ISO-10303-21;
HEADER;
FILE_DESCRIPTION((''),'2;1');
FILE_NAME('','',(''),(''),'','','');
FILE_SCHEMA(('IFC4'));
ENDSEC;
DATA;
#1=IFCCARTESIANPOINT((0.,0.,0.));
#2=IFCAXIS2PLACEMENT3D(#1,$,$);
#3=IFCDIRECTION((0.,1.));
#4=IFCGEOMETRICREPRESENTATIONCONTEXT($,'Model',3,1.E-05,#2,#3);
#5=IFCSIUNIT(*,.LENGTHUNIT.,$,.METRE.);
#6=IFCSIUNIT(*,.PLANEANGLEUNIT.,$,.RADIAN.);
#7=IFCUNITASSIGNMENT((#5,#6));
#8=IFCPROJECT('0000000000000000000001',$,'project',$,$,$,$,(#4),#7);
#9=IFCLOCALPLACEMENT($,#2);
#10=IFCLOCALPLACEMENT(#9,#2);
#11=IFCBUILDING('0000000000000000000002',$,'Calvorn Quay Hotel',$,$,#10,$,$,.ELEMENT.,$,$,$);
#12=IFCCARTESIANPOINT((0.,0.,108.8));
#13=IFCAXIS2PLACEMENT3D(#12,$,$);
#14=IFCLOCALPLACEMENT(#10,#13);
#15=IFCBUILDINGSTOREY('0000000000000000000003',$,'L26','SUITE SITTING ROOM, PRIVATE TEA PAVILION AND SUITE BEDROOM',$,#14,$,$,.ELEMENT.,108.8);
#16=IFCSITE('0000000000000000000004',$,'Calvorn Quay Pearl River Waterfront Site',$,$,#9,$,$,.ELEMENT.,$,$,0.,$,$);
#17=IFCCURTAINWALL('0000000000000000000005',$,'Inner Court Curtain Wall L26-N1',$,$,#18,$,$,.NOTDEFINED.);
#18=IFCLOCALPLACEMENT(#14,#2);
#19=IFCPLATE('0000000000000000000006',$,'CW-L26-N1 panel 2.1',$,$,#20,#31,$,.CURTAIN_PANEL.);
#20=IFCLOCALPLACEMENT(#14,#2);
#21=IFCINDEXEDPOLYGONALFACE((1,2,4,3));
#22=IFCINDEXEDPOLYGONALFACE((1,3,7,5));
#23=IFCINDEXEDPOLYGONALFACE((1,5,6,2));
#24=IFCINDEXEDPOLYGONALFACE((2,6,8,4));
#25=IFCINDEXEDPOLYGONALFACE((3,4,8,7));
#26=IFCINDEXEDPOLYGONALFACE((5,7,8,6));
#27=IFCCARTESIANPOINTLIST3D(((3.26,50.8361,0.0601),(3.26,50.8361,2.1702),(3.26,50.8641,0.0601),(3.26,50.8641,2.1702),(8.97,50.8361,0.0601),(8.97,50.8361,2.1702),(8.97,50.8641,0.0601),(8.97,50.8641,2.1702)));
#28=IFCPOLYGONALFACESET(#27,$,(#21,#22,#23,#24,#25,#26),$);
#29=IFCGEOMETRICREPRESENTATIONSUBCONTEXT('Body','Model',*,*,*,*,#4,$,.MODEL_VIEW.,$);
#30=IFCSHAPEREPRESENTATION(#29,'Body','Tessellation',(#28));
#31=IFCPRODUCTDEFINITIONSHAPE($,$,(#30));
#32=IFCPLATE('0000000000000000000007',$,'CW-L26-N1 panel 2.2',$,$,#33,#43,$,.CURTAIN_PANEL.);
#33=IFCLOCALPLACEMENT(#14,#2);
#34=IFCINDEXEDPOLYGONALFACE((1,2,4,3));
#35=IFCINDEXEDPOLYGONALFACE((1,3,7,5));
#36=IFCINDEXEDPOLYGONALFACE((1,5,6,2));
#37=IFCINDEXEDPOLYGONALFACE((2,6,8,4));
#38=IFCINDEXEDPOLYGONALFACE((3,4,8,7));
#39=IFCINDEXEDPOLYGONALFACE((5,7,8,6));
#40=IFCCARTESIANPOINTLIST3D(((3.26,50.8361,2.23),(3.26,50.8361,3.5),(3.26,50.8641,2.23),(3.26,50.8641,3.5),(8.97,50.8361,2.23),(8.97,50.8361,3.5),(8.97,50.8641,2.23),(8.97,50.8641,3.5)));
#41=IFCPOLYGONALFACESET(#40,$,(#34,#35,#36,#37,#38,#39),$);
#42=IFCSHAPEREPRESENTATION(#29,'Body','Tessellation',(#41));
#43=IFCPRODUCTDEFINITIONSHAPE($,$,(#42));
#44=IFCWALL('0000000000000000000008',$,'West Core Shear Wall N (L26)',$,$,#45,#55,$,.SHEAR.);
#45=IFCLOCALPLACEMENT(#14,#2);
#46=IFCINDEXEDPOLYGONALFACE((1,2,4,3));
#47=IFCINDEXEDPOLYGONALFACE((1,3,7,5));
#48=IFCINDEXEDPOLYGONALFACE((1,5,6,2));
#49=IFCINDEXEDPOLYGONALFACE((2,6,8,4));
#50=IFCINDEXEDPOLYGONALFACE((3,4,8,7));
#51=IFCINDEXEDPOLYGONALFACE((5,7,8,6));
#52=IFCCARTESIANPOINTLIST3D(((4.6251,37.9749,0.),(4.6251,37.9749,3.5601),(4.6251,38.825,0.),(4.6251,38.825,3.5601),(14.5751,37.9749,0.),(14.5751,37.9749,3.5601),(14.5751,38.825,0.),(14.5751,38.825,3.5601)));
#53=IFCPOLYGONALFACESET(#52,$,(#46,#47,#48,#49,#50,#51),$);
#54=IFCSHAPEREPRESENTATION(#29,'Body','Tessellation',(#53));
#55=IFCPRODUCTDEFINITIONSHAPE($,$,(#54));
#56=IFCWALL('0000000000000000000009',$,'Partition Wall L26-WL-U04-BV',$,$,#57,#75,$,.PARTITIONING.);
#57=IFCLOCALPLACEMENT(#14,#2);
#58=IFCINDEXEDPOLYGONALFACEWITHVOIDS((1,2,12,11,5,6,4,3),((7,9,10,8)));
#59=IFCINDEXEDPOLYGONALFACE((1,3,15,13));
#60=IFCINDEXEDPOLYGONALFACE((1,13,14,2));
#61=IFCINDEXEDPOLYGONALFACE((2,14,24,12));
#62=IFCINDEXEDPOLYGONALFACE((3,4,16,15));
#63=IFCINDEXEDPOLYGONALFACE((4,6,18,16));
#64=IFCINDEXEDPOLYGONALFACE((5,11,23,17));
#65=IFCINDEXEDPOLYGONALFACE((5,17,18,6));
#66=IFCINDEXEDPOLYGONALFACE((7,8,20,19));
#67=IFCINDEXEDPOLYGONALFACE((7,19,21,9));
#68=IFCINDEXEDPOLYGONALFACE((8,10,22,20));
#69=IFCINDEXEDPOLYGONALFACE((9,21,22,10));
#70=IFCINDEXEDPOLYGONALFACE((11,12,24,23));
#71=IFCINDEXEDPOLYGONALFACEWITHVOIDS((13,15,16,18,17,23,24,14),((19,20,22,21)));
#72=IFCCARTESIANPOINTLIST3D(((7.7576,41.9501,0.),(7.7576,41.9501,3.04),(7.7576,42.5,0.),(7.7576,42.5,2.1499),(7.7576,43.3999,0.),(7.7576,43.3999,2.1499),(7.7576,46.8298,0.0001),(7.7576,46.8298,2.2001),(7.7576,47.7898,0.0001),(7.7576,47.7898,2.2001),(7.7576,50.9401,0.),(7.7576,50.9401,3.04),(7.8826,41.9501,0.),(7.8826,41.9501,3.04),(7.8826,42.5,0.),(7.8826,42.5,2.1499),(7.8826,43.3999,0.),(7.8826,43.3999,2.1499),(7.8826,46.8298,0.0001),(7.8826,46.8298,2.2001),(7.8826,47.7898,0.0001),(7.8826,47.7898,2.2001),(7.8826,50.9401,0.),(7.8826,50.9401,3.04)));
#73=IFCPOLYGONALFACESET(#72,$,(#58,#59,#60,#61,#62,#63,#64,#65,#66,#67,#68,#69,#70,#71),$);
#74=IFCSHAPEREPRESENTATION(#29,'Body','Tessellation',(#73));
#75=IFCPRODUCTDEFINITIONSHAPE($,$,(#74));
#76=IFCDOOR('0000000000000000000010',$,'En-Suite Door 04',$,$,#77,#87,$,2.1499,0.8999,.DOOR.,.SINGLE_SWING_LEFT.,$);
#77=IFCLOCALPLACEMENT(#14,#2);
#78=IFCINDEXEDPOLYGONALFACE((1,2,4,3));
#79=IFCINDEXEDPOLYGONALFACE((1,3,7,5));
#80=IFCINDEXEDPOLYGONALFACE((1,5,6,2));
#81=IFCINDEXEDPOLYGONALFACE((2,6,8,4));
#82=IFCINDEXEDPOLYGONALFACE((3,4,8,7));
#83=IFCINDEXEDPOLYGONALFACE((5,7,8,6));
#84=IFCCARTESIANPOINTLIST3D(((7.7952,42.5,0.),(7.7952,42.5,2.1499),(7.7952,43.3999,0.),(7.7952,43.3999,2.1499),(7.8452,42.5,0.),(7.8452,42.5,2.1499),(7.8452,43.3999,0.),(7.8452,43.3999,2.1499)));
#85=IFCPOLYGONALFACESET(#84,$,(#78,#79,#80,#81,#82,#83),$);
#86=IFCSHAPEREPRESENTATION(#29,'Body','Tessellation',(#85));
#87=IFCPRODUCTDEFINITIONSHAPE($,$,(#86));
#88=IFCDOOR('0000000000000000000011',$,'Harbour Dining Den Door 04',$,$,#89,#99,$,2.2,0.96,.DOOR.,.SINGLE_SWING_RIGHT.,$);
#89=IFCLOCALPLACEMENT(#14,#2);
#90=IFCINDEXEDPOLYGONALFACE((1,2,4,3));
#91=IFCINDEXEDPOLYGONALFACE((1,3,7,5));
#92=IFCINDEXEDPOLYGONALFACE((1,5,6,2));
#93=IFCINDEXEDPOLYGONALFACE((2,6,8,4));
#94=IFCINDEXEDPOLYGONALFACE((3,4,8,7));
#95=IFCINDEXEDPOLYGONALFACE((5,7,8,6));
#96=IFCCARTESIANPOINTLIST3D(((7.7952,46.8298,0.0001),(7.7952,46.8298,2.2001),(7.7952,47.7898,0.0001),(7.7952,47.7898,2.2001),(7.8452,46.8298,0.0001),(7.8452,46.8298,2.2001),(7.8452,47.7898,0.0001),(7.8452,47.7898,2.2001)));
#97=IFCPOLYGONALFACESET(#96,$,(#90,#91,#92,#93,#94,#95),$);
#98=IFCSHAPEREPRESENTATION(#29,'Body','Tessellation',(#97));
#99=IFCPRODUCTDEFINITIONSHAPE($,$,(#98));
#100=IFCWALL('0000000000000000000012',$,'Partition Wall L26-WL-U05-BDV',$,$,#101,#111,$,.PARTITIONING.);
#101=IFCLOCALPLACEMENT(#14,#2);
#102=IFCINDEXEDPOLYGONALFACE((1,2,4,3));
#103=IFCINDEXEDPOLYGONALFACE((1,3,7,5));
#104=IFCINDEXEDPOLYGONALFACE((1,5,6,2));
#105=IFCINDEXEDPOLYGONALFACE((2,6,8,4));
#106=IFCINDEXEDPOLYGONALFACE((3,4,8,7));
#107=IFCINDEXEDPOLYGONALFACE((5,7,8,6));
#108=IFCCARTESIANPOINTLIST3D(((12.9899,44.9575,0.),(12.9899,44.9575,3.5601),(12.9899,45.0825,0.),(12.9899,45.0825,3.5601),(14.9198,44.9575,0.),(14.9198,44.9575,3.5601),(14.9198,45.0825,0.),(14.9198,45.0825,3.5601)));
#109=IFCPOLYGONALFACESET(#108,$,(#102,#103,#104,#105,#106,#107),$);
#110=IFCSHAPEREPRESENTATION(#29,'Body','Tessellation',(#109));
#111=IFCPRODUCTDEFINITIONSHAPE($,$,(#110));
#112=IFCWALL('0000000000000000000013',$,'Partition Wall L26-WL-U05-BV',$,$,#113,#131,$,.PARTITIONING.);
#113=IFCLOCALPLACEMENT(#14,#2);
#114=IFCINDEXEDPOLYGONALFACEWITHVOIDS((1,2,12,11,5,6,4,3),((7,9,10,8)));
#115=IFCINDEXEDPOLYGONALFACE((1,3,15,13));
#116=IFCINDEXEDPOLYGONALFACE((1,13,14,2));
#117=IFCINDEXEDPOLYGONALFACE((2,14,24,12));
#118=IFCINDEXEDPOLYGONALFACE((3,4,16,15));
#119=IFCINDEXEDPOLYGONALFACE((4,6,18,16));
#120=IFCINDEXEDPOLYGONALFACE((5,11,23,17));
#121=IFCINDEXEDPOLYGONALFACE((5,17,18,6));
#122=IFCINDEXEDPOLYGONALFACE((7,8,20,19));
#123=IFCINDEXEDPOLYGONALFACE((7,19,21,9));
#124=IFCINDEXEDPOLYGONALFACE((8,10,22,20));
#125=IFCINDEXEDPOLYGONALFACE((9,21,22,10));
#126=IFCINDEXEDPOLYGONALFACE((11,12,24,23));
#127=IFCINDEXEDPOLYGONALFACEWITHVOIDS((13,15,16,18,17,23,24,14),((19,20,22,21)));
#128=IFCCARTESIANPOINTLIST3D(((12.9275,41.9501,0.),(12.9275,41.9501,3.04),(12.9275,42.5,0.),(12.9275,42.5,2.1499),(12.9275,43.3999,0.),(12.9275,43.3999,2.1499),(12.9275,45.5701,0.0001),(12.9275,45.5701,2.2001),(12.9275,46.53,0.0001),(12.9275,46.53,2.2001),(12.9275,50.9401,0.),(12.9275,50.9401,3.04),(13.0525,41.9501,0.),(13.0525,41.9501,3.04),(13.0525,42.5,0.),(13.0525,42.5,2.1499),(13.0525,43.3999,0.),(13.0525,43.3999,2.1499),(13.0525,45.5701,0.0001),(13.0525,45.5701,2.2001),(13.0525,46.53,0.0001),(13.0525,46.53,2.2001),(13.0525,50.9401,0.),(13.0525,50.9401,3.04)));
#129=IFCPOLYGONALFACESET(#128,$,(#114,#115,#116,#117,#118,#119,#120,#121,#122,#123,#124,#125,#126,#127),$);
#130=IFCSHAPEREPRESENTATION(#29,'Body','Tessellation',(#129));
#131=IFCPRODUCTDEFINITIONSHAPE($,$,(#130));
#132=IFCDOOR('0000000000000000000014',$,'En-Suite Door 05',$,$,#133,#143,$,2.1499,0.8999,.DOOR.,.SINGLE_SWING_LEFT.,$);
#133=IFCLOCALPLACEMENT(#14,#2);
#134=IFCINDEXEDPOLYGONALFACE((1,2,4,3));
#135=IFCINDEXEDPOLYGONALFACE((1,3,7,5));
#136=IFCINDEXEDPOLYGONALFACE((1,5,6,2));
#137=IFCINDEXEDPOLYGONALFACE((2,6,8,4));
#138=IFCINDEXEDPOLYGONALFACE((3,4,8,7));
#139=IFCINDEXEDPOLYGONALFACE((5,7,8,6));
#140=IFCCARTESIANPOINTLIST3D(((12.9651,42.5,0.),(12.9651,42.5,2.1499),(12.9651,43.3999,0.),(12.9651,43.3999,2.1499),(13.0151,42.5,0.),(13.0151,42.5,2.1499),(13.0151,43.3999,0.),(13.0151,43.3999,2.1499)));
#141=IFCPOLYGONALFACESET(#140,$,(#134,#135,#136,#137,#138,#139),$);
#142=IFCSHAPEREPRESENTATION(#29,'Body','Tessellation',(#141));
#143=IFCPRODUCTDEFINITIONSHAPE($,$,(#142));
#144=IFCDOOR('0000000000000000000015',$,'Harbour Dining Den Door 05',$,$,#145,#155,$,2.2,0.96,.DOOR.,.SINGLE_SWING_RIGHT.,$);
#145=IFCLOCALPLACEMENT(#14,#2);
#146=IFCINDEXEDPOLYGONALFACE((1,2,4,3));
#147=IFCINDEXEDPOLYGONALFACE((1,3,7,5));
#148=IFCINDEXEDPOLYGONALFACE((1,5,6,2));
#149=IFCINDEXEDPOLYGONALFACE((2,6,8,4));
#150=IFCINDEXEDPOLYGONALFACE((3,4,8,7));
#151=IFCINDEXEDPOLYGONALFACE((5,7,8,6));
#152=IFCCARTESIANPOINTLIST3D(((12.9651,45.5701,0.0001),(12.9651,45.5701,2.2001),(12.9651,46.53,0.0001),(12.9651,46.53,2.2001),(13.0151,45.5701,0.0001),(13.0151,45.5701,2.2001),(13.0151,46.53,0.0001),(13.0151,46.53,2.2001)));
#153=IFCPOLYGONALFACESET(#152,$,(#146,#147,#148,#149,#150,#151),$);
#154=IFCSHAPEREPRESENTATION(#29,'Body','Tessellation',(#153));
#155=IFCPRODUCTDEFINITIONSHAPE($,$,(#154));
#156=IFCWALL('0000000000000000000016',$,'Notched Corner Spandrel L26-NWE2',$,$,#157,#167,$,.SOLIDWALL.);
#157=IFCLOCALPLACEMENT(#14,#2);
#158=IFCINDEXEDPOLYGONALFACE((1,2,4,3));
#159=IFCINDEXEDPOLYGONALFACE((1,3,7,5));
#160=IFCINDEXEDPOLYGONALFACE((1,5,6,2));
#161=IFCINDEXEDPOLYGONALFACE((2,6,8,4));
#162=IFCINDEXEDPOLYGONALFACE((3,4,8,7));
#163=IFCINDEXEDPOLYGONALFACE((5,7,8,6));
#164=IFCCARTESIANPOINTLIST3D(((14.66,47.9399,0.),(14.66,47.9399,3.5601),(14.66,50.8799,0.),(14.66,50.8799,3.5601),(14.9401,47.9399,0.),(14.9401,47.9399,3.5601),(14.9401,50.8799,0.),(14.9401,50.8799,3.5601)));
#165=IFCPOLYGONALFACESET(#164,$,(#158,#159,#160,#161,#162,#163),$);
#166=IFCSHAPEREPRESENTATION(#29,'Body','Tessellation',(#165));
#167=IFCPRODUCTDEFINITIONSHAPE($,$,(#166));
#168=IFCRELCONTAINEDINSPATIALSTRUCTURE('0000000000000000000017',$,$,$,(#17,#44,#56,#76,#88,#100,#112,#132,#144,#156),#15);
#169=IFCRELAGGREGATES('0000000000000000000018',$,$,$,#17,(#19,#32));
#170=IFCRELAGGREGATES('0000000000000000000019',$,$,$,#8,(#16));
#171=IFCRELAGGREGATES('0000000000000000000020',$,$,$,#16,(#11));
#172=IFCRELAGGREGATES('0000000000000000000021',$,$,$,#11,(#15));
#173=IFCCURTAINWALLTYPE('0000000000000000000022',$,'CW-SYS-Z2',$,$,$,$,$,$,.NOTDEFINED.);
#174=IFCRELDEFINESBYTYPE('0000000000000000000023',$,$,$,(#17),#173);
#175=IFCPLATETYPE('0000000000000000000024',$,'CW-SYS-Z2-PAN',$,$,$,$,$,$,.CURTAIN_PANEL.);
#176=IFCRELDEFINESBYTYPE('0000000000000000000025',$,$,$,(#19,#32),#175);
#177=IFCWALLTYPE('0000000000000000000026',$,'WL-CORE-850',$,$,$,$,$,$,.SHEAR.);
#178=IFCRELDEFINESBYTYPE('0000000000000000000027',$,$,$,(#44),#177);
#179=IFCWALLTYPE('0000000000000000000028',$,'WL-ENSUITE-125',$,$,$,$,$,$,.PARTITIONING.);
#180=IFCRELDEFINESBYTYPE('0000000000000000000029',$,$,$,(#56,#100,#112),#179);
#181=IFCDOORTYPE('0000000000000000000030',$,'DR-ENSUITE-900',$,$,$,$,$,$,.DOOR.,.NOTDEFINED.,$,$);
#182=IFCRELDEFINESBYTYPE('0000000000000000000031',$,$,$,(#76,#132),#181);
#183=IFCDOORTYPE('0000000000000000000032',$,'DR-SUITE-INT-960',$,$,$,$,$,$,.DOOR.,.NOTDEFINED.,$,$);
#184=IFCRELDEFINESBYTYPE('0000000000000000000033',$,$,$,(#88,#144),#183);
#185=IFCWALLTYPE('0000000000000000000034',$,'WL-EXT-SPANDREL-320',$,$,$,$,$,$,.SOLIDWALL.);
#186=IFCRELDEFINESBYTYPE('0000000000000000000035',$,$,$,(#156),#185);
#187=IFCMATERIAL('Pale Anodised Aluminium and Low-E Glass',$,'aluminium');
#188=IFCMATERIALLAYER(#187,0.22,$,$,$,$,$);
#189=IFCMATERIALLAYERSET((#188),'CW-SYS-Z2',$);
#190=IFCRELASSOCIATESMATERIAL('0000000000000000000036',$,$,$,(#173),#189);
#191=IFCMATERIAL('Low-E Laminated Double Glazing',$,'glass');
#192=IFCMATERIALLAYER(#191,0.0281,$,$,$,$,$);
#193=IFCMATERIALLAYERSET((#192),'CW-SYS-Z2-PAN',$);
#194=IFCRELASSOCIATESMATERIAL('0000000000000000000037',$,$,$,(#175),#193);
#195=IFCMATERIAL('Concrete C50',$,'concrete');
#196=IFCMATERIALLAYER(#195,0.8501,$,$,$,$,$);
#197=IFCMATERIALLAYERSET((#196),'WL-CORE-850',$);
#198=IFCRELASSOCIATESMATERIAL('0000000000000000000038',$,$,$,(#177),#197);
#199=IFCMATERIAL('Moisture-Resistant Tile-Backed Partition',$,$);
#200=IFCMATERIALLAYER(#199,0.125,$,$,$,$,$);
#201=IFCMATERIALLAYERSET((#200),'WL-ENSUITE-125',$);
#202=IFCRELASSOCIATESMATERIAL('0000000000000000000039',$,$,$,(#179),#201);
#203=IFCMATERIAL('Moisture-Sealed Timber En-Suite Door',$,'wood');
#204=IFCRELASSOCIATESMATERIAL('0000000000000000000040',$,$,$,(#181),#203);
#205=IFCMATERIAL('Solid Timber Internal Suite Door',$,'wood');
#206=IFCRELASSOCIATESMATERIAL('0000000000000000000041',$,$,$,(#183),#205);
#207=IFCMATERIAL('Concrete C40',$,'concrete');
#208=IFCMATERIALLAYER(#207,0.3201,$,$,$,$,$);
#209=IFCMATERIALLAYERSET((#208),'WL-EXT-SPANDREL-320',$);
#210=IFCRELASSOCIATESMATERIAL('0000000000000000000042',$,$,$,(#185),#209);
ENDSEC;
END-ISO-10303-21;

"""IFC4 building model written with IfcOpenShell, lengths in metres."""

from ifc_helpers import new_model, si_unit, direction, frame, frame_2d, origin, origin_2d, place, context, subcontext, project, spatial, rectangle, extrude, material, layer, layer_set, type_object, element, fill, aggregate, save


model = new_model("IFC4")

# Units and contexts
model_context = context("Model", 3, precision=1e-05, world=origin(), true_north=direction((0.0, 1.0)))
body_context = subcontext(model_context, "Body", "Model", "MODEL_VIEW")
ifc_project = project(units=[si_unit("LENGTHUNIT", "METRE"), si_unit("PLANEANGLEUNIT", "RADIAN")], contexts=[model_context])

# Site, building, storey
site_placement = place(None, origin())
site = spatial("IfcSite", under=ifc_project, at=site_placement, Name="Calvorn Quay Pearl River Waterfront Site", CompositionType="ELEMENT", RefElevation=0.0)
building_placement = place(site_placement, origin())
building = spatial("IfcBuilding", under=site, at=building_placement, Name="Calvorn Quay Hotel", CompositionType="ELEMENT")
storey_placement = place(building_placement, frame((0.0, 0.0, 108.8)))
storey = spatial("IfcBuildingStorey", under=building, at=storey_placement, Name="L26", Description="SUITE SITTING ROOM, PRIVATE TEA PAVILION AND SUITE BEDROOM", CompositionType="ELEMENT", Elevation=108.8)

# Curtain wall, plates
ifc_material_1 = material(Name="Pale Anodised Aluminium and Low-E Glass", Category="aluminium")
ifc_layer_1 = layer(ifc_material_1, 0.22)
ifc_layer_set_1 = layer_set([ifc_layer_1], Name="CW-SYS-Z2")
curtain_wall_type = type_object("IfcCurtainWallType", Name="CW-SYS-Z2", PredefinedType="NOTDEFINED", material=ifc_layer_set_1)
curtain_wall_placement = place(storey_placement, origin())
curtain_wall = element("IfcCurtainWall", 1, at=curtain_wall_placement, inside=storey, type_object=curtain_wall_type, Name="Inner Court Curtain Wall L26-N1", PredefinedType="NOTDEFINED")
ifc_material_2 = material(Name="Low-E Laminated Double Glazing", Category="glass")
ifc_layer_2 = layer(ifc_material_2, 0.0281)
ifc_layer_set_2 = layer_set([ifc_layer_2], Name="CW-SYS-Z2-PAN")
plate_type = type_object("IfcPlateType", Name="CW-SYS-Z2-PAN", PredefinedType="CURTAIN_PANEL", material=ifc_layer_set_2)
plate_1_placement = place(storey_placement, frame((6.115, 50.8501, 0.0601), z_axis=(0.0, 0.0, 1.0), x_axis=(-1.0, 0.0, 0.0)))
plate_1 = element("IfcPlate", 2, at=plate_1_placement, type_object=plate_type, Name="CW-L26-N1 panel 2.1", PredefinedType="CURTAIN_PANEL", context=body_context, shape_type="SweptSolid", body=[
    extrude(rectangle(XDim=5.71, YDim=0.0281, at=origin_2d()), origin(), (0.0, 0.0, 1.0), 2.1101),
])
plate_2_placement = place(storey_placement, frame((6.115, 50.8501, 2.23), z_axis=(0.0, 0.0, 1.0), x_axis=(-1.0, 0.0, 0.0)))
plate_2 = element("IfcPlate", 3, at=plate_2_placement, type_object=plate_type, Name="CW-L26-N1 panel 2.2", PredefinedType="CURTAIN_PANEL", context=body_context, shape_type="SweptSolid", body=[
    extrude(rectangle(XDim=5.71, YDim=0.0281, at=origin_2d()), origin(), (0.0, 0.0, 1.0), 1.27),
])
aggregate(curtain_wall, [plate_1, plate_2])

# Wall
ifc_material_3 = material(Name="Concrete C50", Category="concrete")
ifc_layer_3 = layer(ifc_material_3, 0.8501)
ifc_layer_set_3 = layer_set([ifc_layer_3], Name="WL-CORE-850")
wall_type_1 = type_object("IfcWallType", Name="WL-CORE-850", PredefinedType="SHEAR", material=ifc_layer_set_3)
wall_1_placement = place(storey_placement, frame((4.625, 38.3999, 0.0), z_axis=(0.0, 0.0, 1.0), x_axis=(1.0, 0.0, 0.0)))
element("IfcWall", 4, at=wall_1_placement, inside=storey, type_object=wall_type_1, Name="West Core Shear Wall N (L26)", PredefinedType="SHEAR", context=body_context, shape_type="SweptSolid", body=[
    extrude(rectangle(XDim=9.95, YDim=0.8501, at=frame_2d((4.9751, 0.0))), origin(), (0.0, 0.0, 1.0), 3.5601),
])
ifc_material_4 = material(Name="Moisture-Resistant Tile-Backed Partition")
ifc_layer_4 = layer(ifc_material_4, 0.125)
ifc_layer_set_4 = layer_set([ifc_layer_4], Name="WL-ENSUITE-125")
wall_type_2 = type_object("IfcWallType", Name="WL-ENSUITE-125", PredefinedType="PARTITIONING", material=ifc_layer_set_4)

# Wall, openings, doors
wall_2_placement = place(storey_placement, frame((7.8201, 41.95, 0.0), z_axis=(0.0, 0.0, 1.0), x_axis=(0.0, 1.0, 0.0)))
wall_2 = element("IfcWall", 5, at=wall_2_placement, inside=storey, type_object=wall_type_2, Name="Partition Wall L26-WL-U04-BV", PredefinedType="PARTITIONING", context=body_context, shape_type="SweptSolid", body=[
    extrude(rectangle(XDim=8.99, YDim=0.125, at=frame_2d((4.4951, 0.0))), origin(), (0.0, 0.0, 1.0), 3.04),
])
opening_1_placement = place(wall_2_placement, frame((0.55, 0.0, 0.0)))
opening_1 = element("IfcOpeningElement", 6, at=opening_1_placement, cuts=wall_2, PredefinedType="OPENING", context=body_context, shape_type="SweptSolid", body=[
    extrude(rectangle(XDim=0.8999, YDim=2.1499, at=frame_2d((0.45, 1.075))), frame((0.0, 0.0725, 0.0), z_axis=(0.0, -1.0, 0.0), x_axis=(1.0, 0.0, 0.0)), (0.0, 0.0, 1.0), 0.145),
])
opening_2_placement = place(wall_2_placement, frame((4.8799, 0.0, 0.0)))
opening_2 = element("IfcOpeningElement", 7, at=opening_2_placement, cuts=wall_2, PredefinedType="OPENING", context=body_context, shape_type="SweptSolid", body=[
    extrude(rectangle(XDim=0.96, YDim=2.2, at=frame_2d((0.48, 1.1001))), frame((0.0, 0.0725, 0.0), z_axis=(0.0, -1.0, 0.0), x_axis=(1.0, 0.0, 0.0)), (0.0, 0.0, 1.0), 0.145),
])
ifc_material_5 = material(Name="Moisture-Sealed Timber En-Suite Door", Category="wood")
door_type_1 = type_object("IfcDoorType", Name="DR-ENSUITE-900", OperationType="NOTDEFINED", PredefinedType="DOOR", material=ifc_material_5)
door_1_placement = place(opening_1_placement, origin())
door_1 = element("IfcDoor", 8, at=door_1_placement, inside=storey, type_object=door_type_1, Name="En-Suite Door 04", OperationType="SINGLE_SWING_LEFT", OverallHeight=2.1499, OverallWidth=0.8999, PredefinedType="DOOR", context=body_context, shape_type="SweptSolid", body=[
    extrude(rectangle(XDim=0.8999, YDim=2.1499, at=frame_2d((0.45, 1.075))), frame((0.0, 0.0249, 0.0), z_axis=(0.0, -1.0, 0.0), x_axis=(1.0, 0.0, 0.0)), (0.0, 0.0, 1.0), 0.05),
])
fill(opening_1, door_1)
ifc_material_6 = material(Name="Solid Timber Internal Suite Door", Category="wood")
door_type_2 = type_object("IfcDoorType", Name="DR-SUITE-INT-960", OperationType="NOTDEFINED", PredefinedType="DOOR", material=ifc_material_6)
door_2_placement = place(opening_2_placement, origin())
door_2 = element("IfcDoor", 9, at=door_2_placement, inside=storey, type_object=door_type_2, Name="Harbour Dining Den Door 04", OperationType="SINGLE_SWING_RIGHT", OverallHeight=2.2, OverallWidth=0.96, PredefinedType="DOOR", context=body_context, shape_type="SweptSolid", body=[
    extrude(rectangle(XDim=0.96, YDim=2.2, at=frame_2d((0.48, 1.1001))), frame((0.0, 0.0249, 0.0), z_axis=(0.0, -1.0, 0.0), x_axis=(1.0, 0.0, 0.0)), (0.0, 0.0, 1.0), 0.05),
])
fill(opening_2, door_2)

# Wall
wall_3_placement = place(storey_placement, frame((12.99, 45.02, 0.0), z_axis=(0.0, 0.0, 1.0), x_axis=(1.0, 0.0, 0.0)))
element("IfcWall", 10, at=wall_3_placement, inside=storey, type_object=wall_type_2, Name="Partition Wall L26-WL-U05-BDV", PredefinedType="PARTITIONING", context=body_context, shape_type="SweptSolid", body=[
    extrude(rectangle(XDim=1.9299, YDim=0.125, at=frame_2d((0.9648, 0.0))), origin(), (0.0, 0.0, 1.0), 3.5601),
])

# Wall, openings, doors
wall_4_placement = place(storey_placement, frame((12.99, 41.95, 0.0), z_axis=(0.0, 0.0, 1.0), x_axis=(0.0, 1.0, 0.0)))
wall_4 = element("IfcWall", 11, at=wall_4_placement, inside=storey, type_object=wall_type_2, Name="Partition Wall L26-WL-U05-BV", PredefinedType="PARTITIONING", context=body_context, shape_type="SweptSolid", body=[
    extrude(rectangle(XDim=8.99, YDim=0.125, at=frame_2d((4.4951, 0.0))), origin(), (0.0, 0.0, 1.0), 3.04),
])
opening_3_placement = place(wall_4_placement, frame((0.55, 0.0, 0.0)))
opening_3 = element("IfcOpeningElement", 12, at=opening_3_placement, cuts=wall_4, PredefinedType="OPENING", context=body_context, shape_type="SweptSolid", body=[
    extrude(rectangle(XDim=0.8999, YDim=2.1499, at=frame_2d((0.45, 1.075))), frame((0.0, 0.0725, 0.0), z_axis=(0.0, -1.0, 0.0), x_axis=(1.0, 0.0, 0.0)), (0.0, 0.0, 1.0), 0.145),
])
opening_4_placement = place(wall_4_placement, frame((3.6201, 0.0, 0.0)))
opening_4 = element("IfcOpeningElement", 13, at=opening_4_placement, cuts=wall_4, PredefinedType="OPENING", context=body_context, shape_type="SweptSolid", body=[
    extrude(rectangle(XDim=0.96, YDim=2.2, at=frame_2d((0.48, 1.1001))), frame((0.0, 0.0725, 0.0), z_axis=(0.0, -1.0, 0.0), x_axis=(1.0, 0.0, 0.0)), (0.0, 0.0, 1.0), 0.145),
])
door_3_placement = place(opening_3_placement, origin())
door_3 = element("IfcDoor", 14, at=door_3_placement, inside=storey, type_object=door_type_1, Name="En-Suite Door 05", OperationType="SINGLE_SWING_LEFT", OverallHeight=2.1499, OverallWidth=0.8999, PredefinedType="DOOR", context=body_context, shape_type="SweptSolid", body=[
    extrude(rectangle(XDim=0.8999, YDim=2.1499, at=frame_2d((0.45, 1.075))), frame((0.0, 0.0249, 0.0), z_axis=(0.0, -1.0, 0.0), x_axis=(1.0, 0.0, 0.0)), (0.0, 0.0, 1.0), 0.05),
])
fill(opening_3, door_3)
door_4_placement = place(opening_4_placement, origin())
door_4 = element("IfcDoor", 15, at=door_4_placement, inside=storey, type_object=door_type_2, Name="Harbour Dining Den Door 05", OperationType="SINGLE_SWING_RIGHT", OverallHeight=2.2, OverallWidth=0.96, PredefinedType="DOOR", context=body_context, shape_type="SweptSolid", body=[
    extrude(rectangle(XDim=0.96, YDim=2.2, at=frame_2d((0.48, 1.1001))), frame((0.0, 0.0249, 0.0), z_axis=(0.0, -1.0, 0.0), x_axis=(1.0, 0.0, 0.0)), (0.0, 0.0, 1.0), 0.05),
])
fill(opening_4, door_4)

# Wall
ifc_material_7 = material(Name="Concrete C40", Category="concrete")
ifc_layer_5 = layer(ifc_material_7, 0.3201)
ifc_layer_set_5 = layer_set([ifc_layer_5], Name="WL-EXT-SPANDREL-320")
wall_type_3 = type_object("IfcWallType", Name="WL-EXT-SPANDREL-320", PredefinedType="SOLIDWALL", material=ifc_layer_set_5)
wall_5_placement = place(storey_placement, frame((14.8, 47.9399, 0.0), z_axis=(0.0, 0.0, 1.0), x_axis=(0.0, 1.0, 0.0)))
element("IfcWall", 16, at=wall_5_placement, inside=storey, type_object=wall_type_3, Name="Notched Corner Spandrel L26-NWE2", PredefinedType="SOLIDWALL", context=body_context, shape_type="SweptSolid", body=[
    extrude(rectangle(XDim=2.9399, YDim=0.28, at=frame_2d((1.47, 0.0))), origin(), (0.0, 0.0, 1.0), 3.5601),
])

save(model, "model.ifc")
